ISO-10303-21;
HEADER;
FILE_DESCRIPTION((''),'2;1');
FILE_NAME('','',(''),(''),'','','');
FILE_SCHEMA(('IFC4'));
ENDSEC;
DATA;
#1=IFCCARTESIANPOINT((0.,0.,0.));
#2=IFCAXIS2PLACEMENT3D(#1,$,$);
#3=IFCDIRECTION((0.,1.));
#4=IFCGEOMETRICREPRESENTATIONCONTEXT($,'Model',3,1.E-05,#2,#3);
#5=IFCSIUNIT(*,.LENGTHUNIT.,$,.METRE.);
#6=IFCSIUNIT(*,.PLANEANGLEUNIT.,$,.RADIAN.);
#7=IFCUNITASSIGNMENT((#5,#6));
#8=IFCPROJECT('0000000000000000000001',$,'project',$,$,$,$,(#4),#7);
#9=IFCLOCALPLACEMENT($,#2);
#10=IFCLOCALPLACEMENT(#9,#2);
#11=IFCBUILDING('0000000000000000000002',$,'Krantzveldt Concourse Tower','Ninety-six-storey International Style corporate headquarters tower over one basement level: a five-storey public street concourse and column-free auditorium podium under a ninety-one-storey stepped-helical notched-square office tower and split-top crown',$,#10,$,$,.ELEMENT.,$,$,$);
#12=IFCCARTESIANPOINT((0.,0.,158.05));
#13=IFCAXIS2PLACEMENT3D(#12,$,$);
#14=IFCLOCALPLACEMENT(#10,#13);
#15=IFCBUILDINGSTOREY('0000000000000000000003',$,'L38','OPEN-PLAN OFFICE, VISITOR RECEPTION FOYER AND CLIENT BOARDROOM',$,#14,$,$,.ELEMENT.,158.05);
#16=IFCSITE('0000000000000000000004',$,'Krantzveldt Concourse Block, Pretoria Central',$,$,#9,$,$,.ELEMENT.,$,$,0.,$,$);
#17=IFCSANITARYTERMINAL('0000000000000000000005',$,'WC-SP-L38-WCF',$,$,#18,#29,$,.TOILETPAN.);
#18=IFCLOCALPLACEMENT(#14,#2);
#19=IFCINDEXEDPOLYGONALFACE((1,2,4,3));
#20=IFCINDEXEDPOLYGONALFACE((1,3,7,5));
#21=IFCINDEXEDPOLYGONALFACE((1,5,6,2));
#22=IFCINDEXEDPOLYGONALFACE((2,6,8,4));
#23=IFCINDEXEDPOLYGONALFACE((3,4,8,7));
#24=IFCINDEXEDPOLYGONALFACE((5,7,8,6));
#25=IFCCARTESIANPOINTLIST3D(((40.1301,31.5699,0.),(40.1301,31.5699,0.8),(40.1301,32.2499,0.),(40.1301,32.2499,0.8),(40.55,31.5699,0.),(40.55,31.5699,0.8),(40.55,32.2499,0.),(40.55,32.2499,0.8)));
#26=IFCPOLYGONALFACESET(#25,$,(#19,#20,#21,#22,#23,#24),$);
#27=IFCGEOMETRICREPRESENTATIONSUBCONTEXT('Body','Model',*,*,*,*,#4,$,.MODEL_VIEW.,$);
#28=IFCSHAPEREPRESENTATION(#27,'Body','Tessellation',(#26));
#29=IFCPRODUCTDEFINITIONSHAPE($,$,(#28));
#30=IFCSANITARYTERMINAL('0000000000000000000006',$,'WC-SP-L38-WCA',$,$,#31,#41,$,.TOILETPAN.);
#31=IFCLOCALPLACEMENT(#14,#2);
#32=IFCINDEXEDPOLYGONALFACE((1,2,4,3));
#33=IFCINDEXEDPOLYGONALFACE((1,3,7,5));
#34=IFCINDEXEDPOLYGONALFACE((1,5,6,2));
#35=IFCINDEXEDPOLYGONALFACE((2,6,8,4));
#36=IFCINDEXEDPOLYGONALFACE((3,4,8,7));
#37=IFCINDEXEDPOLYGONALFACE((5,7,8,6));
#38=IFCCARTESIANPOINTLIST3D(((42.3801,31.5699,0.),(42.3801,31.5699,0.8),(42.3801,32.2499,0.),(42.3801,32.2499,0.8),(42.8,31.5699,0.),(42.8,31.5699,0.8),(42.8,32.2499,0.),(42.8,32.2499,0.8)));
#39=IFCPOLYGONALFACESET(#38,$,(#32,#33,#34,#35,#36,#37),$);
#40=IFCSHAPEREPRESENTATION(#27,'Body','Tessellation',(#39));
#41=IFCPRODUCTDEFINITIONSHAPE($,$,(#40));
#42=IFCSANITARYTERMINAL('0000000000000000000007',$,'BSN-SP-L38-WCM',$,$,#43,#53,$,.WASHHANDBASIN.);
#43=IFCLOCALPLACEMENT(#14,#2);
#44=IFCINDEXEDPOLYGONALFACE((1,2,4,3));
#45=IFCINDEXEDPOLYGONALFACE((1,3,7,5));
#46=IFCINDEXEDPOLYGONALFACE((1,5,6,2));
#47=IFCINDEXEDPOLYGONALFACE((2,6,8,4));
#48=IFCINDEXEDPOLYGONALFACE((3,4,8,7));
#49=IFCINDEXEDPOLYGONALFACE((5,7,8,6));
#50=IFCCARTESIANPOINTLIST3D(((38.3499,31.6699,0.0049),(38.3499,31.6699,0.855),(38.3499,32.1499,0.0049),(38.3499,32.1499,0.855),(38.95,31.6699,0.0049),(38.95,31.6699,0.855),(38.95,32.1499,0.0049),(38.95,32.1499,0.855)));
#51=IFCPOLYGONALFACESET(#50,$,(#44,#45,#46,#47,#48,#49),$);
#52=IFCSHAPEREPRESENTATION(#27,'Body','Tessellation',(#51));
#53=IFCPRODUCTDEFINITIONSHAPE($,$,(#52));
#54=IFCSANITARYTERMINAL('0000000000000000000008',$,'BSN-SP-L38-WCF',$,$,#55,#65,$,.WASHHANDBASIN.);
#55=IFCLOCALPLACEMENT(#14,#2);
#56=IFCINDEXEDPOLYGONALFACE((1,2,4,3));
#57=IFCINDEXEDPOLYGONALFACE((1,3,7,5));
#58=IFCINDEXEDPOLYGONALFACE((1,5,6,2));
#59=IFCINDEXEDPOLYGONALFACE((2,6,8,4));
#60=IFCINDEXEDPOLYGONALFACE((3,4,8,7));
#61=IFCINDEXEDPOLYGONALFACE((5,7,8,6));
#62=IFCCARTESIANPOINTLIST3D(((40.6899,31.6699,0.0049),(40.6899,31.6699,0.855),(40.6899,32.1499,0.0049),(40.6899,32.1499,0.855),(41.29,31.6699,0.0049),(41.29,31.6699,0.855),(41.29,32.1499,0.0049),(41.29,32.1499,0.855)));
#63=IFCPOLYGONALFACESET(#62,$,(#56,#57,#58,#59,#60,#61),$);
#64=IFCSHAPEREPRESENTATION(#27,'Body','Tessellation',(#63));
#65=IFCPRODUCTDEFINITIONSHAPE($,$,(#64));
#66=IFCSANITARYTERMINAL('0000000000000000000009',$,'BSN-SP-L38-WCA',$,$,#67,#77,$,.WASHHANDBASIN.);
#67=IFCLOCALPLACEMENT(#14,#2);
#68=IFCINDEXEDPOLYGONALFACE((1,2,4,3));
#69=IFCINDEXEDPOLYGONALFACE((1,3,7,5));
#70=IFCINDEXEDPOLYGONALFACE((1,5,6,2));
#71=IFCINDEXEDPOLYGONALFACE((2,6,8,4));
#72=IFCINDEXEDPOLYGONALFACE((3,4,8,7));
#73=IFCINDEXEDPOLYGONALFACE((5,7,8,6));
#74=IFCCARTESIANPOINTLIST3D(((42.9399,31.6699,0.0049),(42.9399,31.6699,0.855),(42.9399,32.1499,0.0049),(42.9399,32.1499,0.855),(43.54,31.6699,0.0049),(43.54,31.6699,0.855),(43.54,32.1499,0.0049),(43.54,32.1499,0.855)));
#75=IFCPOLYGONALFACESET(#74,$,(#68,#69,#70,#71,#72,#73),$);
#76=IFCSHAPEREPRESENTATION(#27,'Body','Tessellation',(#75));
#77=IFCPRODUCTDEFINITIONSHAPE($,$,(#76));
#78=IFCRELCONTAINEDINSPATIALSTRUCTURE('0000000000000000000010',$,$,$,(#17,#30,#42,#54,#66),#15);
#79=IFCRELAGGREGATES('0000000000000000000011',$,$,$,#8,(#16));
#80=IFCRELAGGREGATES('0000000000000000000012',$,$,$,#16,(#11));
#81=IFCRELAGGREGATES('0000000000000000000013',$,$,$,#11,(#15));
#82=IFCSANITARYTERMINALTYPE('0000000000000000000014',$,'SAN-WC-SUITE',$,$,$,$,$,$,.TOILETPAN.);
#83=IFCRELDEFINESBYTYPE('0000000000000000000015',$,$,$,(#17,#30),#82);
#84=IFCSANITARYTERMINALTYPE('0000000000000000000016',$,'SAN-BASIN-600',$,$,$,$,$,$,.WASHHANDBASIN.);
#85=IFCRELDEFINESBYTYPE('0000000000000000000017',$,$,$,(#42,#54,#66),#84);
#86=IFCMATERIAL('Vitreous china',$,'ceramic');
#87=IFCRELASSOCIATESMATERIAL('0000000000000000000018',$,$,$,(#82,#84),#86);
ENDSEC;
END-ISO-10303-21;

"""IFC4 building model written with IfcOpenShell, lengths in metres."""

from ifc_helpers import new_model, si_unit, direction, frame, origin, origin_2d, place, context, subcontext, project, spatial, rectangle, extrude, source, transform, mapped, material, type_object, type_shapes, element, save


model = new_model("IFC4")

# Units and contexts
model_context = context("Model", 3, precision=1e-05, world=origin(), true_north=direction((0.0, 1.0)))
body_context = subcontext(model_context, "Body", "Model", "MODEL_VIEW")
ifc_project = project(units=[si_unit("LENGTHUNIT", "METRE"), si_unit("PLANEANGLEUNIT", "RADIAN")], contexts=[model_context])

# Site, building, storey
site_placement = place(None, origin())
site = spatial("IfcSite", under=ifc_project, at=site_placement, Name="Krantzveldt Concourse Block, Pretoria Central", CompositionType="ELEMENT", RefElevation=0.0)
building_placement = place(site_placement, origin())
building = spatial("IfcBuilding", under=site, at=building_placement, Name="Krantzveldt Concourse Tower", Description="Ninety-six-storey International Style corporate headquarters tower over one basement level: a five-storey public street concourse and column-free auditorium podium under a ninety-one-storey stepped-helical notched-square office tower and split-top crown", CompositionType="ELEMENT")
storey_placement = place(building_placement, frame((0.0, 0.0, 158.05)))
storey = spatial("IfcBuildingStorey", under=building, at=storey_placement, Name="L38", Description="OPEN-PLAN OFFICE, VISITOR RECEPTION FOYER AND CLIENT BOARDROOM", CompositionType="ELEMENT", Elevation=158.05)

# Sanitary terminals
ifc_material_1 = material(Name="Vitreous china", Category="ceramic")
sanitary_terminal_type_1 = type_object("IfcSanitaryTerminalType", Name="SAN-WC-SUITE", PredefinedType="TOILETPAN", material=ifc_material_1)
shared_shape_1 = source(origin(), body_context, "Body", "SweptSolid", [
    extrude(rectangle(XDim=0.4199, YDim=0.6799, at=origin_2d()), origin(), (0.0, 0.0, 1.0), 0.8),
])
type_shapes(sanitary_terminal_type_1, [shared_shape_1])
for number, where, z_axis, x_axis, name in (
    (1, (40.3401, 31.9099, 0.0), (0.0, 0.0, 1.0), (1.0, 0.0, 0.0), "WC-SP-L38-WCF"),
    (2, (42.5901, 31.9099, 0.0), (0.0, 0.0, 1.0), (1.0, 0.0, 0.0), "WC-SP-L38-WCA"),
):
    element("IfcSanitaryTerminal", number, at=place(storey_placement, frame(where, z_axis=z_axis, x_axis=x_axis)), inside=storey, type_object=sanitary_terminal_type_1, Name=name, PredefinedType="TOILETPAN", context=body_context, shape_type="MappedRepresentation", body=[
        mapped(shared_shape_1, transform((0.0, 0.0, 0.0), x_axis=(1.0, 0.0, 0.0), y_axis=(0.0, 1.0, 0.0), z_axis=(0.0, 0.0, 1.0), scale=1.0)),
    ])
sanitary_terminal_type_2 = type_object("IfcSanitaryTerminalType", Name="SAN-BASIN-600", PredefinedType="WASHHANDBASIN", material=ifc_material_1)
shared_shape_2 = source(origin(), body_context, "Body", "SweptSolid", [
    extrude(rectangle(XDim=0.6001, YDim=0.48, at=origin_2d()), origin(), (0.0, 0.0, 1.0), 0.8501),
])
type_shapes(sanitary_terminal_type_2, [shared_shape_2])
for number, where, z_axis, x_axis, name in (
    (3, (38.6499, 31.9099, 0.0049), (0.0, 0.0, 1.0), (1.0, 0.0, 0.0), "BSN-SP-L38-WCM"),
    (4, (40.99, 31.9099, 0.0049), (0.0, 0.0, 1.0), (1.0, 0.0, 0.0), "BSN-SP-L38-WCF"),
    (5, (43.24, 31.9099, 0.0049), (0.0, 0.0, 1.0), (1.0, 0.0, 0.0), "BSN-SP-L38-WCA"),
):
    element("IfcSanitaryTerminal", number, at=place(storey_placement, frame(where, z_axis=z_axis, x_axis=x_axis)), inside=storey, type_object=sanitary_terminal_type_2, Name=name, PredefinedType="WASHHANDBASIN", context=body_context, shape_type="MappedRepresentation", body=[
        mapped(shared_shape_2, transform((0.0, 0.0, 0.0), x_axis=(1.0, 0.0, 0.0), y_axis=(0.0, 1.0, 0.0), z_axis=(0.0, 0.0, 1.0), scale=1.0)),
    ])

save(model, "model.ifc")
